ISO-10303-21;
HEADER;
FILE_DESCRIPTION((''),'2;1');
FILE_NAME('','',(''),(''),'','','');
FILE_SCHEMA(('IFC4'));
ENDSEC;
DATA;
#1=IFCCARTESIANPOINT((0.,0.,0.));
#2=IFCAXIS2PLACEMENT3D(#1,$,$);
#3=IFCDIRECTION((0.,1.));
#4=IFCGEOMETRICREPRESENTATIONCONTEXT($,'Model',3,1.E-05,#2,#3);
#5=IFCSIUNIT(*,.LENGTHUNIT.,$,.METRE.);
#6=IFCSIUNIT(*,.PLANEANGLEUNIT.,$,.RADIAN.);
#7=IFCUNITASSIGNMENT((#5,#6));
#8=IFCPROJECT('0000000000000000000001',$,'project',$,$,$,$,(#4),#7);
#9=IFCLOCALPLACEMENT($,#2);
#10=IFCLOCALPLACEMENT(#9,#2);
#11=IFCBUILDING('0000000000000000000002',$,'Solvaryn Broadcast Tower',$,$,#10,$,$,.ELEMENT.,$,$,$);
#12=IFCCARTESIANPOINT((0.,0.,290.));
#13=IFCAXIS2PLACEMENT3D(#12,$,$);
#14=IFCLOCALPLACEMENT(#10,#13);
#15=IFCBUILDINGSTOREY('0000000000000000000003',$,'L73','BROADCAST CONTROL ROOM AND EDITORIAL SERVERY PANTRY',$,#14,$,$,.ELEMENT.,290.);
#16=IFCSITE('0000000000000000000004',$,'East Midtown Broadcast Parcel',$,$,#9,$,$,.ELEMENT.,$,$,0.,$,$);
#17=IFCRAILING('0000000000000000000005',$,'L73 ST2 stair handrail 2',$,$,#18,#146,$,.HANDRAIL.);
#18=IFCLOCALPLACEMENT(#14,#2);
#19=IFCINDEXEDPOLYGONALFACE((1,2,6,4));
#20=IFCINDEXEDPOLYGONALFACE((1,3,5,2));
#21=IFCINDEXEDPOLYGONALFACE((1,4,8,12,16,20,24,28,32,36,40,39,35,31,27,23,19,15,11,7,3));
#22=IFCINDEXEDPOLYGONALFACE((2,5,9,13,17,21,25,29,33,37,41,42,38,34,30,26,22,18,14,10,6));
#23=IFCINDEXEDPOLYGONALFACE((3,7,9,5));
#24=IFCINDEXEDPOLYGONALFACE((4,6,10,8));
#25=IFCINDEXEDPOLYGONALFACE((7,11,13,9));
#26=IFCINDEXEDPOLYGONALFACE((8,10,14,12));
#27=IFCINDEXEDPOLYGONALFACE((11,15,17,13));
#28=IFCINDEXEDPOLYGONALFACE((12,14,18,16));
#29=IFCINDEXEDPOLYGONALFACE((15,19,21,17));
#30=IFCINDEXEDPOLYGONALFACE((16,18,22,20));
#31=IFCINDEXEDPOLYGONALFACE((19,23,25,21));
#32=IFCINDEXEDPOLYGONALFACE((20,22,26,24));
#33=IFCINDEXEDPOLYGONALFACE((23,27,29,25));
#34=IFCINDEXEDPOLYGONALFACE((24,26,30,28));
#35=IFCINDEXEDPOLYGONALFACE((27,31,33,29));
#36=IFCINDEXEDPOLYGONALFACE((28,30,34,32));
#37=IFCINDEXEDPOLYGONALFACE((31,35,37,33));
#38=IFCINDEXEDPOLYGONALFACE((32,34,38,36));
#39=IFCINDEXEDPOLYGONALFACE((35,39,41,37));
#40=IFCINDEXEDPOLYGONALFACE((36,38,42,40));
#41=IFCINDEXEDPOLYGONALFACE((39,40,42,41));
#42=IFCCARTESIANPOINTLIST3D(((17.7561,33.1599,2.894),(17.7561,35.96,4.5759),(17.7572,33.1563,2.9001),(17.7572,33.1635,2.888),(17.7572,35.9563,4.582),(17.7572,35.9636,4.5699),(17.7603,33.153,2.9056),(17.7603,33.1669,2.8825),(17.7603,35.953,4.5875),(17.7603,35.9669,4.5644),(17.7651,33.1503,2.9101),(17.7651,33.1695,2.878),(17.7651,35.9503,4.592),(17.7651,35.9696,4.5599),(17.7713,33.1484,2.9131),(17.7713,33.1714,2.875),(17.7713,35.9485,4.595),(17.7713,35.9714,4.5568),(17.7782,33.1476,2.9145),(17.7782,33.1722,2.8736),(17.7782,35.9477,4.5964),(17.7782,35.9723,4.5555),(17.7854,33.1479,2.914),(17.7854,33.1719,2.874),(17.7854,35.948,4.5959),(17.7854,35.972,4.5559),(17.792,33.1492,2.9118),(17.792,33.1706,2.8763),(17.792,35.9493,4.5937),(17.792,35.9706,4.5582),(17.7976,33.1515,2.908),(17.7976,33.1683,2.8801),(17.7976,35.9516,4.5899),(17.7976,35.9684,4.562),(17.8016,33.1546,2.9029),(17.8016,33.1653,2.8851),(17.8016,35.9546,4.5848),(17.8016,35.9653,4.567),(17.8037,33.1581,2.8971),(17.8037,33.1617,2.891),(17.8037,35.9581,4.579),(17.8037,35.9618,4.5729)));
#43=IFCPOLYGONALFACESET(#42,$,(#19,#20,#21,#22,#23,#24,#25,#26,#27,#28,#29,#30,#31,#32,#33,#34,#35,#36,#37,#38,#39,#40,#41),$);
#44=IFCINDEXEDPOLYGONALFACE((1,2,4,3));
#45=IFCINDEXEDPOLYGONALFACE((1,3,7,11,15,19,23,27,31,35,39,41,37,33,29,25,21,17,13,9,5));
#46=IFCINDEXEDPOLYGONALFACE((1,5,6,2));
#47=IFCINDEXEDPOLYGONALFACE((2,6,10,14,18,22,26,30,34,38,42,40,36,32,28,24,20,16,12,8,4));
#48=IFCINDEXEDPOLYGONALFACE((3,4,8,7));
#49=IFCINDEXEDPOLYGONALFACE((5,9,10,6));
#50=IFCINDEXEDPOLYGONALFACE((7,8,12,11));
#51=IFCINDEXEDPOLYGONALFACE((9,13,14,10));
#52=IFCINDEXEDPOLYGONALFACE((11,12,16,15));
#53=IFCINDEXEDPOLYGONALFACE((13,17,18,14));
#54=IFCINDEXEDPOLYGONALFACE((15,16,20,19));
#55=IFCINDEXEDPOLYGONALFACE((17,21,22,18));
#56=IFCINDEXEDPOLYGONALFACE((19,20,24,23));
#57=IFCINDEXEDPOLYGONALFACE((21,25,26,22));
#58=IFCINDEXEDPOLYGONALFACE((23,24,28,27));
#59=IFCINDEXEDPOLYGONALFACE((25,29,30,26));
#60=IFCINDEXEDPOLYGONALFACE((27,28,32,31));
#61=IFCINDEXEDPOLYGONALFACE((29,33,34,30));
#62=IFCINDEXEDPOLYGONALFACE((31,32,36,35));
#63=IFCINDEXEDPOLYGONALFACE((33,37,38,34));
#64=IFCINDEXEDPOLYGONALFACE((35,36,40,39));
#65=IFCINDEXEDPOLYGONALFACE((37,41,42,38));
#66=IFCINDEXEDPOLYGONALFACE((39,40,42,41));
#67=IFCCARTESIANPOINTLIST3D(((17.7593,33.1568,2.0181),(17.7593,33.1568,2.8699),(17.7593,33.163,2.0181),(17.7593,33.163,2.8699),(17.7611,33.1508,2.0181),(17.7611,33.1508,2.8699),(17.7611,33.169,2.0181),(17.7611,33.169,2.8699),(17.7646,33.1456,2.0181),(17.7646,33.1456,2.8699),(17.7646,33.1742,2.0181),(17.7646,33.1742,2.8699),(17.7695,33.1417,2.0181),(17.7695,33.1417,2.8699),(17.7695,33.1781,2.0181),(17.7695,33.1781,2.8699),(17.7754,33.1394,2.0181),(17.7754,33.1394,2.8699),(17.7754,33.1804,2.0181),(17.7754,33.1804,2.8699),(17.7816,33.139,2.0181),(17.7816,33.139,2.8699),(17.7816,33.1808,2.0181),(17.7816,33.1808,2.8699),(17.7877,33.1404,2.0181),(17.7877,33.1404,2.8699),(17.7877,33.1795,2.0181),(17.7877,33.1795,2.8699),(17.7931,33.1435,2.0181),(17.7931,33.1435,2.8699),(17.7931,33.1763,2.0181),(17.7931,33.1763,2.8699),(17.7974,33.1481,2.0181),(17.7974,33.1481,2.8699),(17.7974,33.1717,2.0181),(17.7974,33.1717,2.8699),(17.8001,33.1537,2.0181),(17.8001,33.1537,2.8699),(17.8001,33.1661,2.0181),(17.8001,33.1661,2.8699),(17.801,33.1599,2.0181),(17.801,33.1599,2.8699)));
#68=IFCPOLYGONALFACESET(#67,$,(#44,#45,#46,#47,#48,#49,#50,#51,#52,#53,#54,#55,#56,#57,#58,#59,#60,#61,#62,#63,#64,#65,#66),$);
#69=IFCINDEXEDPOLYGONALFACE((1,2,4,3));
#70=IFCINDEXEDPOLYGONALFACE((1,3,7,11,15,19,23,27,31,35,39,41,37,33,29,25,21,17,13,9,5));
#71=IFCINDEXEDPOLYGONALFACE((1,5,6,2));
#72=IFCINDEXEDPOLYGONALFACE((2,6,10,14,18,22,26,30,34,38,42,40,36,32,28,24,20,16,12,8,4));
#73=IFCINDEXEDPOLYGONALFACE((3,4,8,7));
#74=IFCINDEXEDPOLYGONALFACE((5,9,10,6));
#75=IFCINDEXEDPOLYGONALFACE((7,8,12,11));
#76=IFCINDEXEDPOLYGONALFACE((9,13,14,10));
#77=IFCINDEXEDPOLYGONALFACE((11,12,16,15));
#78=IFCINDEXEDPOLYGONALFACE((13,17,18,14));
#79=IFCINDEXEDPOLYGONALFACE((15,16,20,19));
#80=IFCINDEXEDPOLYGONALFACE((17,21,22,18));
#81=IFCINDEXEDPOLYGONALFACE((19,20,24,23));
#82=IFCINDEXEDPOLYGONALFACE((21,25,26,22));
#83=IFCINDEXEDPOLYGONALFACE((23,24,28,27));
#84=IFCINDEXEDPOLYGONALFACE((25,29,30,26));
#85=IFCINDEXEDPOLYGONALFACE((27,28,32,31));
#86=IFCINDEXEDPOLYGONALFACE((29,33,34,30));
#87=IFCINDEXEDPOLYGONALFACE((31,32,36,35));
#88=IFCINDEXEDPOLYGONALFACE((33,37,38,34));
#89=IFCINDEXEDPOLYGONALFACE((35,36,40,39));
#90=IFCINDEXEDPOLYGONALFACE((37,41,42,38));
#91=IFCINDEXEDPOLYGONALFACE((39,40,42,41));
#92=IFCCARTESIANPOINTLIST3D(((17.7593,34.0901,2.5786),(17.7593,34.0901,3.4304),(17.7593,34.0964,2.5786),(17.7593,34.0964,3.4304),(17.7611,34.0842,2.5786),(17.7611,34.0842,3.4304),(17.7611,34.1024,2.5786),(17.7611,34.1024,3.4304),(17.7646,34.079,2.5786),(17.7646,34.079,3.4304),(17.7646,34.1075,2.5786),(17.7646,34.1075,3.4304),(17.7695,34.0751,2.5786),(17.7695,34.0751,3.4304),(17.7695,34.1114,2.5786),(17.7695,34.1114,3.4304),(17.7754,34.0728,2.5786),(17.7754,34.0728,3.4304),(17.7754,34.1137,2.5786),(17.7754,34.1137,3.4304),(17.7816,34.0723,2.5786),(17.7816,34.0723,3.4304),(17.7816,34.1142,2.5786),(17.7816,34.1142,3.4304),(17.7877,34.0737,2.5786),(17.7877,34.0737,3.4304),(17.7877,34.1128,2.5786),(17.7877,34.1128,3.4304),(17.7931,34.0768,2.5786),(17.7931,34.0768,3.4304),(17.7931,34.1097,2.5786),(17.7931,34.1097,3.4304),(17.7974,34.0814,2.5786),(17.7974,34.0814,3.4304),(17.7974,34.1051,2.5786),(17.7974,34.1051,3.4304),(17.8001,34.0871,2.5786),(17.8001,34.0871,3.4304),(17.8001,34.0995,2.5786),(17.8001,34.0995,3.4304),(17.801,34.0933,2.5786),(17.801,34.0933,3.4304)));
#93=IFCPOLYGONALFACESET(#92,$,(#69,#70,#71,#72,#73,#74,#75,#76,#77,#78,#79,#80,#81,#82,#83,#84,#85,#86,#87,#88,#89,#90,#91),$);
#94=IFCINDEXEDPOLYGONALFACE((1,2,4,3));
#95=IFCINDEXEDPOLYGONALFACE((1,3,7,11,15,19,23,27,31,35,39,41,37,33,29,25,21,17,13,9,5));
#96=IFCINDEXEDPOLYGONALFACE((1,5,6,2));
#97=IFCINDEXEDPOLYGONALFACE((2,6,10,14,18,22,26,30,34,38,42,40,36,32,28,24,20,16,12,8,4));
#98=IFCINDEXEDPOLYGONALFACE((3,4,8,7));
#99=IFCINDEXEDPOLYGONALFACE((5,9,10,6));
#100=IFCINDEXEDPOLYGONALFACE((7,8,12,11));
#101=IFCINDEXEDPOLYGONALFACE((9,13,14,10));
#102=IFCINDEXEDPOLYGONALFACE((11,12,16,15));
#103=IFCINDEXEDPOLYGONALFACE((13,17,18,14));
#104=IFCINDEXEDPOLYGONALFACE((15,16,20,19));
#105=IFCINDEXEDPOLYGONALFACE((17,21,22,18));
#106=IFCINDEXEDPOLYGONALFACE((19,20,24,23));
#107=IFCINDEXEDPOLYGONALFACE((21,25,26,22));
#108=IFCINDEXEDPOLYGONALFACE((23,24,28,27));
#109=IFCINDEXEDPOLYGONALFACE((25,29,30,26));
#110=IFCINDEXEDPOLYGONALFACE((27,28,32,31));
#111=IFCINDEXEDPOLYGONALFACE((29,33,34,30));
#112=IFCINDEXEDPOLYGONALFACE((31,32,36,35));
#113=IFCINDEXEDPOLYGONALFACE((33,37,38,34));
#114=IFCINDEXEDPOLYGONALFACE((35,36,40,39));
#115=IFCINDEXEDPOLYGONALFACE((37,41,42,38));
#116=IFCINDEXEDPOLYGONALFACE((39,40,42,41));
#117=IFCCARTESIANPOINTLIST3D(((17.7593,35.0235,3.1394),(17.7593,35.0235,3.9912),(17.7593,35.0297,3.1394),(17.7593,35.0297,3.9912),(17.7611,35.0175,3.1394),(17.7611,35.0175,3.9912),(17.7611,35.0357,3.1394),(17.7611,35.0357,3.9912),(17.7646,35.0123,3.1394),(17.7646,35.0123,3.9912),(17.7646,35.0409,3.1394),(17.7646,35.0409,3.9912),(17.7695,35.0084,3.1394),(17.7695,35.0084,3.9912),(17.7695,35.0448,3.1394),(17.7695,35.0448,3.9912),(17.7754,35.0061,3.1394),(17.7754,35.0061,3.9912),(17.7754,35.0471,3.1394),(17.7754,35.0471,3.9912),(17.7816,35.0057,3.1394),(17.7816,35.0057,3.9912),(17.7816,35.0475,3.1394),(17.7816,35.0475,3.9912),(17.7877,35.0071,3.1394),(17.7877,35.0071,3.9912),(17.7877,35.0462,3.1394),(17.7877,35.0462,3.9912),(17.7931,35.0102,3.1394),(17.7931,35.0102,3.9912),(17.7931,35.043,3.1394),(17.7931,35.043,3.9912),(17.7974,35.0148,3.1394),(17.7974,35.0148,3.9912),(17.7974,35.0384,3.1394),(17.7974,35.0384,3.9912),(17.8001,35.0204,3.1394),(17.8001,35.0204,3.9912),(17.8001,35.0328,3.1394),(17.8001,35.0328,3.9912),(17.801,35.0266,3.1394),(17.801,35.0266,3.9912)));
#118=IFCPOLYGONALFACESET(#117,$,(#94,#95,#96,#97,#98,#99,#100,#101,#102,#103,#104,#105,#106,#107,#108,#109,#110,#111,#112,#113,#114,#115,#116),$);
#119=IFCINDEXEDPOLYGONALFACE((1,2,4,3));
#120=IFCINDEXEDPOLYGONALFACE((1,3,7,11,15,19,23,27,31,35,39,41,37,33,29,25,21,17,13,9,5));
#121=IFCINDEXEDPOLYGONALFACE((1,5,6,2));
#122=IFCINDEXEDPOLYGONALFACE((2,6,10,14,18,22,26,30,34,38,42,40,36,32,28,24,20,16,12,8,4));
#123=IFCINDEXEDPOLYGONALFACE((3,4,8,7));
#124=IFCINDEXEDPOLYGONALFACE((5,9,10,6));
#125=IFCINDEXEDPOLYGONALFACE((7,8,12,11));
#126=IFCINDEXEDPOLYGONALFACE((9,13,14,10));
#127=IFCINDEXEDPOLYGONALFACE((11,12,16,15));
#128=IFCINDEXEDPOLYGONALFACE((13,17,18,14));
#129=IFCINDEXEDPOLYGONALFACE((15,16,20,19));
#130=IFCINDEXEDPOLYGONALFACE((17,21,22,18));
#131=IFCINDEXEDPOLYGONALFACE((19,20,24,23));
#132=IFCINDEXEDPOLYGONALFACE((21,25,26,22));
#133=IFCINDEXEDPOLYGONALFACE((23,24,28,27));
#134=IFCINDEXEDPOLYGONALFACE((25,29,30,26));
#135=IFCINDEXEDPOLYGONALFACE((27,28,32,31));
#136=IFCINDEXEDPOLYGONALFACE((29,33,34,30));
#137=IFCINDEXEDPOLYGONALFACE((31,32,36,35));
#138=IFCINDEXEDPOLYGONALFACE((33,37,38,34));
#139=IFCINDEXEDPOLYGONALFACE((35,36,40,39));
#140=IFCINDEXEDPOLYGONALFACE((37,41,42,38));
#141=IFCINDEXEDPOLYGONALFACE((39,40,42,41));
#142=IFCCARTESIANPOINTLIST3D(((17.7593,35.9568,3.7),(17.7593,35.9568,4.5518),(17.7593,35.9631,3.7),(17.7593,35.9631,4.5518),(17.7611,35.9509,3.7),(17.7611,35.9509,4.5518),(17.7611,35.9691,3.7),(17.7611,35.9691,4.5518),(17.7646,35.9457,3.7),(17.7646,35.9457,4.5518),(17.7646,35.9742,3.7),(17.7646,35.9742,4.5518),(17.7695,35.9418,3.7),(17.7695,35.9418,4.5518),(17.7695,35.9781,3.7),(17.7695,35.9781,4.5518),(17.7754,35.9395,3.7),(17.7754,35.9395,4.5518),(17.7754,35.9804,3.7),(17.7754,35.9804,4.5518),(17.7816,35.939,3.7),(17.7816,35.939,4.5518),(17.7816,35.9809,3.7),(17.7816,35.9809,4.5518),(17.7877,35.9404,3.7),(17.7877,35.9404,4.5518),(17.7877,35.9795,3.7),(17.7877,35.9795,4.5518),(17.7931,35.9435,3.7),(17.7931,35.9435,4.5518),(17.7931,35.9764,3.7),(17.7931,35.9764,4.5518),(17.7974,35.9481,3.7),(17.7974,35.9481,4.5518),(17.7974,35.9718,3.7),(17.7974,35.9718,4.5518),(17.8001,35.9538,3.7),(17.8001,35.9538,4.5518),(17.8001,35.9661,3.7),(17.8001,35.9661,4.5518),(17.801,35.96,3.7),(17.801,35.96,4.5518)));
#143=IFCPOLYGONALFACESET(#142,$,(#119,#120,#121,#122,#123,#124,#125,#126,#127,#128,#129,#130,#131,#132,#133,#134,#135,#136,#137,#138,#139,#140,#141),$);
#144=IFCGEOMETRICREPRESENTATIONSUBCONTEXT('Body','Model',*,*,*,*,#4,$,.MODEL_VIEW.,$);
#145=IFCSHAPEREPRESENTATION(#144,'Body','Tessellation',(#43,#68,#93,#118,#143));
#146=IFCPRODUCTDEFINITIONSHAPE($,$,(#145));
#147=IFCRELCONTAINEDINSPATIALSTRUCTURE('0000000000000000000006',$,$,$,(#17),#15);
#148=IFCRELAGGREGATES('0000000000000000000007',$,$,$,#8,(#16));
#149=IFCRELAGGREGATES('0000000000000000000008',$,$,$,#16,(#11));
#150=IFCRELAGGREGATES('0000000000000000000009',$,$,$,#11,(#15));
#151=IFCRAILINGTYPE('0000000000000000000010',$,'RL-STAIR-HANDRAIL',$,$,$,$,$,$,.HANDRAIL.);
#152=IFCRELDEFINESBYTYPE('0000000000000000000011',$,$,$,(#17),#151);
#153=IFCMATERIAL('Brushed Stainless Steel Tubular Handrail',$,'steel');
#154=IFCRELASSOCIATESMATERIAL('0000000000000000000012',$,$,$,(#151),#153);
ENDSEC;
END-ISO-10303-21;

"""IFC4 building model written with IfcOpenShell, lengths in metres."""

from ifc_helpers import new_model, si_unit, direction, frame, origin, origin_2d, place, context, subcontext, project, spatial, circle, extrude, material, type_object, element, save


model = new_model("IFC4")

# Units and contexts
model_context = context("Model", 3, precision=1e-05, world=origin(), true_north=direction((0.0, 1.0)))
body_context = subcontext(model_context, "Body", "Model", "MODEL_VIEW")
ifc_project = project(units=[si_unit("LENGTHUNIT", "METRE"), si_unit("PLANEANGLEUNIT", "RADIAN")], contexts=[model_context])

# Site, building, storey
site_placement = place(None, origin())
site = spatial("IfcSite", under=ifc_project, at=site_placement, Name="East Midtown Broadcast Parcel", CompositionType="ELEMENT", RefElevation=0.0)
building_placement = place(site_placement, origin())
building = spatial("IfcBuilding", under=site, at=building_placement, Name="Solvaryn Broadcast Tower", CompositionType="ELEMENT")
storey_placement = place(building_placement, frame((0.0, 0.0, 290.0)))
storey = spatial("IfcBuildingStorey", under=building, at=storey_placement, Name="L73", Description="BROADCAST CONTROL ROOM AND EDITORIAL SERVERY PANTRY", CompositionType="ELEMENT", Elevation=290.0)

# Railing
ifc_material_1 = material(Name="Brushed Stainless Steel Tubular Handrail", Category="steel")
railing_type_1 = type_object("IfcRailingType", Name="RL-STAIR-HANDRAIL", PredefinedType="HANDRAIL", material=ifc_material_1)
railing_1_placement = place(storey_placement, frame((17.78, 33.1599, 2.0181)))
element("IfcRailing", 1, at=railing_1_placement, inside=storey, type_object=railing_type_1, Name="L73 ST2 stair handrail 2", PredefinedType="HANDRAIL", context=body_context, shape_type="SweptSolid", body=[
    extrude(circle(Radius=0.0239, at=origin_2d()), frame((0.0, 0.0, 0.876), z_axis=(0.0, 0.857242, 0.514913), x_axis=(-1.0, 0.0, 0.0)), (0.0, 0.0, 1.0), 3.2664),
    extrude(circle(Radius=0.021, at=origin_2d()), origin(), (0.0, 0.0, 1.0), 0.8518),
    extrude(circle(Radius=0.021, at=origin_2d()), frame((0.0, 0.9333, 0.5605)), (0.0, 0.0, 1.0), 0.8518),
    extrude(circle(Radius=0.021, at=origin_2d()), frame((0.0, 1.8667, 1.1213)), (0.0, 0.0, 1.0), 0.8518),
    extrude(circle(Radius=0.021, at=origin_2d()), frame((0.0, 2.8, 1.6819)), (0.0, 0.0, 1.0), 0.8518),
])

save(model, "model.ifc")
